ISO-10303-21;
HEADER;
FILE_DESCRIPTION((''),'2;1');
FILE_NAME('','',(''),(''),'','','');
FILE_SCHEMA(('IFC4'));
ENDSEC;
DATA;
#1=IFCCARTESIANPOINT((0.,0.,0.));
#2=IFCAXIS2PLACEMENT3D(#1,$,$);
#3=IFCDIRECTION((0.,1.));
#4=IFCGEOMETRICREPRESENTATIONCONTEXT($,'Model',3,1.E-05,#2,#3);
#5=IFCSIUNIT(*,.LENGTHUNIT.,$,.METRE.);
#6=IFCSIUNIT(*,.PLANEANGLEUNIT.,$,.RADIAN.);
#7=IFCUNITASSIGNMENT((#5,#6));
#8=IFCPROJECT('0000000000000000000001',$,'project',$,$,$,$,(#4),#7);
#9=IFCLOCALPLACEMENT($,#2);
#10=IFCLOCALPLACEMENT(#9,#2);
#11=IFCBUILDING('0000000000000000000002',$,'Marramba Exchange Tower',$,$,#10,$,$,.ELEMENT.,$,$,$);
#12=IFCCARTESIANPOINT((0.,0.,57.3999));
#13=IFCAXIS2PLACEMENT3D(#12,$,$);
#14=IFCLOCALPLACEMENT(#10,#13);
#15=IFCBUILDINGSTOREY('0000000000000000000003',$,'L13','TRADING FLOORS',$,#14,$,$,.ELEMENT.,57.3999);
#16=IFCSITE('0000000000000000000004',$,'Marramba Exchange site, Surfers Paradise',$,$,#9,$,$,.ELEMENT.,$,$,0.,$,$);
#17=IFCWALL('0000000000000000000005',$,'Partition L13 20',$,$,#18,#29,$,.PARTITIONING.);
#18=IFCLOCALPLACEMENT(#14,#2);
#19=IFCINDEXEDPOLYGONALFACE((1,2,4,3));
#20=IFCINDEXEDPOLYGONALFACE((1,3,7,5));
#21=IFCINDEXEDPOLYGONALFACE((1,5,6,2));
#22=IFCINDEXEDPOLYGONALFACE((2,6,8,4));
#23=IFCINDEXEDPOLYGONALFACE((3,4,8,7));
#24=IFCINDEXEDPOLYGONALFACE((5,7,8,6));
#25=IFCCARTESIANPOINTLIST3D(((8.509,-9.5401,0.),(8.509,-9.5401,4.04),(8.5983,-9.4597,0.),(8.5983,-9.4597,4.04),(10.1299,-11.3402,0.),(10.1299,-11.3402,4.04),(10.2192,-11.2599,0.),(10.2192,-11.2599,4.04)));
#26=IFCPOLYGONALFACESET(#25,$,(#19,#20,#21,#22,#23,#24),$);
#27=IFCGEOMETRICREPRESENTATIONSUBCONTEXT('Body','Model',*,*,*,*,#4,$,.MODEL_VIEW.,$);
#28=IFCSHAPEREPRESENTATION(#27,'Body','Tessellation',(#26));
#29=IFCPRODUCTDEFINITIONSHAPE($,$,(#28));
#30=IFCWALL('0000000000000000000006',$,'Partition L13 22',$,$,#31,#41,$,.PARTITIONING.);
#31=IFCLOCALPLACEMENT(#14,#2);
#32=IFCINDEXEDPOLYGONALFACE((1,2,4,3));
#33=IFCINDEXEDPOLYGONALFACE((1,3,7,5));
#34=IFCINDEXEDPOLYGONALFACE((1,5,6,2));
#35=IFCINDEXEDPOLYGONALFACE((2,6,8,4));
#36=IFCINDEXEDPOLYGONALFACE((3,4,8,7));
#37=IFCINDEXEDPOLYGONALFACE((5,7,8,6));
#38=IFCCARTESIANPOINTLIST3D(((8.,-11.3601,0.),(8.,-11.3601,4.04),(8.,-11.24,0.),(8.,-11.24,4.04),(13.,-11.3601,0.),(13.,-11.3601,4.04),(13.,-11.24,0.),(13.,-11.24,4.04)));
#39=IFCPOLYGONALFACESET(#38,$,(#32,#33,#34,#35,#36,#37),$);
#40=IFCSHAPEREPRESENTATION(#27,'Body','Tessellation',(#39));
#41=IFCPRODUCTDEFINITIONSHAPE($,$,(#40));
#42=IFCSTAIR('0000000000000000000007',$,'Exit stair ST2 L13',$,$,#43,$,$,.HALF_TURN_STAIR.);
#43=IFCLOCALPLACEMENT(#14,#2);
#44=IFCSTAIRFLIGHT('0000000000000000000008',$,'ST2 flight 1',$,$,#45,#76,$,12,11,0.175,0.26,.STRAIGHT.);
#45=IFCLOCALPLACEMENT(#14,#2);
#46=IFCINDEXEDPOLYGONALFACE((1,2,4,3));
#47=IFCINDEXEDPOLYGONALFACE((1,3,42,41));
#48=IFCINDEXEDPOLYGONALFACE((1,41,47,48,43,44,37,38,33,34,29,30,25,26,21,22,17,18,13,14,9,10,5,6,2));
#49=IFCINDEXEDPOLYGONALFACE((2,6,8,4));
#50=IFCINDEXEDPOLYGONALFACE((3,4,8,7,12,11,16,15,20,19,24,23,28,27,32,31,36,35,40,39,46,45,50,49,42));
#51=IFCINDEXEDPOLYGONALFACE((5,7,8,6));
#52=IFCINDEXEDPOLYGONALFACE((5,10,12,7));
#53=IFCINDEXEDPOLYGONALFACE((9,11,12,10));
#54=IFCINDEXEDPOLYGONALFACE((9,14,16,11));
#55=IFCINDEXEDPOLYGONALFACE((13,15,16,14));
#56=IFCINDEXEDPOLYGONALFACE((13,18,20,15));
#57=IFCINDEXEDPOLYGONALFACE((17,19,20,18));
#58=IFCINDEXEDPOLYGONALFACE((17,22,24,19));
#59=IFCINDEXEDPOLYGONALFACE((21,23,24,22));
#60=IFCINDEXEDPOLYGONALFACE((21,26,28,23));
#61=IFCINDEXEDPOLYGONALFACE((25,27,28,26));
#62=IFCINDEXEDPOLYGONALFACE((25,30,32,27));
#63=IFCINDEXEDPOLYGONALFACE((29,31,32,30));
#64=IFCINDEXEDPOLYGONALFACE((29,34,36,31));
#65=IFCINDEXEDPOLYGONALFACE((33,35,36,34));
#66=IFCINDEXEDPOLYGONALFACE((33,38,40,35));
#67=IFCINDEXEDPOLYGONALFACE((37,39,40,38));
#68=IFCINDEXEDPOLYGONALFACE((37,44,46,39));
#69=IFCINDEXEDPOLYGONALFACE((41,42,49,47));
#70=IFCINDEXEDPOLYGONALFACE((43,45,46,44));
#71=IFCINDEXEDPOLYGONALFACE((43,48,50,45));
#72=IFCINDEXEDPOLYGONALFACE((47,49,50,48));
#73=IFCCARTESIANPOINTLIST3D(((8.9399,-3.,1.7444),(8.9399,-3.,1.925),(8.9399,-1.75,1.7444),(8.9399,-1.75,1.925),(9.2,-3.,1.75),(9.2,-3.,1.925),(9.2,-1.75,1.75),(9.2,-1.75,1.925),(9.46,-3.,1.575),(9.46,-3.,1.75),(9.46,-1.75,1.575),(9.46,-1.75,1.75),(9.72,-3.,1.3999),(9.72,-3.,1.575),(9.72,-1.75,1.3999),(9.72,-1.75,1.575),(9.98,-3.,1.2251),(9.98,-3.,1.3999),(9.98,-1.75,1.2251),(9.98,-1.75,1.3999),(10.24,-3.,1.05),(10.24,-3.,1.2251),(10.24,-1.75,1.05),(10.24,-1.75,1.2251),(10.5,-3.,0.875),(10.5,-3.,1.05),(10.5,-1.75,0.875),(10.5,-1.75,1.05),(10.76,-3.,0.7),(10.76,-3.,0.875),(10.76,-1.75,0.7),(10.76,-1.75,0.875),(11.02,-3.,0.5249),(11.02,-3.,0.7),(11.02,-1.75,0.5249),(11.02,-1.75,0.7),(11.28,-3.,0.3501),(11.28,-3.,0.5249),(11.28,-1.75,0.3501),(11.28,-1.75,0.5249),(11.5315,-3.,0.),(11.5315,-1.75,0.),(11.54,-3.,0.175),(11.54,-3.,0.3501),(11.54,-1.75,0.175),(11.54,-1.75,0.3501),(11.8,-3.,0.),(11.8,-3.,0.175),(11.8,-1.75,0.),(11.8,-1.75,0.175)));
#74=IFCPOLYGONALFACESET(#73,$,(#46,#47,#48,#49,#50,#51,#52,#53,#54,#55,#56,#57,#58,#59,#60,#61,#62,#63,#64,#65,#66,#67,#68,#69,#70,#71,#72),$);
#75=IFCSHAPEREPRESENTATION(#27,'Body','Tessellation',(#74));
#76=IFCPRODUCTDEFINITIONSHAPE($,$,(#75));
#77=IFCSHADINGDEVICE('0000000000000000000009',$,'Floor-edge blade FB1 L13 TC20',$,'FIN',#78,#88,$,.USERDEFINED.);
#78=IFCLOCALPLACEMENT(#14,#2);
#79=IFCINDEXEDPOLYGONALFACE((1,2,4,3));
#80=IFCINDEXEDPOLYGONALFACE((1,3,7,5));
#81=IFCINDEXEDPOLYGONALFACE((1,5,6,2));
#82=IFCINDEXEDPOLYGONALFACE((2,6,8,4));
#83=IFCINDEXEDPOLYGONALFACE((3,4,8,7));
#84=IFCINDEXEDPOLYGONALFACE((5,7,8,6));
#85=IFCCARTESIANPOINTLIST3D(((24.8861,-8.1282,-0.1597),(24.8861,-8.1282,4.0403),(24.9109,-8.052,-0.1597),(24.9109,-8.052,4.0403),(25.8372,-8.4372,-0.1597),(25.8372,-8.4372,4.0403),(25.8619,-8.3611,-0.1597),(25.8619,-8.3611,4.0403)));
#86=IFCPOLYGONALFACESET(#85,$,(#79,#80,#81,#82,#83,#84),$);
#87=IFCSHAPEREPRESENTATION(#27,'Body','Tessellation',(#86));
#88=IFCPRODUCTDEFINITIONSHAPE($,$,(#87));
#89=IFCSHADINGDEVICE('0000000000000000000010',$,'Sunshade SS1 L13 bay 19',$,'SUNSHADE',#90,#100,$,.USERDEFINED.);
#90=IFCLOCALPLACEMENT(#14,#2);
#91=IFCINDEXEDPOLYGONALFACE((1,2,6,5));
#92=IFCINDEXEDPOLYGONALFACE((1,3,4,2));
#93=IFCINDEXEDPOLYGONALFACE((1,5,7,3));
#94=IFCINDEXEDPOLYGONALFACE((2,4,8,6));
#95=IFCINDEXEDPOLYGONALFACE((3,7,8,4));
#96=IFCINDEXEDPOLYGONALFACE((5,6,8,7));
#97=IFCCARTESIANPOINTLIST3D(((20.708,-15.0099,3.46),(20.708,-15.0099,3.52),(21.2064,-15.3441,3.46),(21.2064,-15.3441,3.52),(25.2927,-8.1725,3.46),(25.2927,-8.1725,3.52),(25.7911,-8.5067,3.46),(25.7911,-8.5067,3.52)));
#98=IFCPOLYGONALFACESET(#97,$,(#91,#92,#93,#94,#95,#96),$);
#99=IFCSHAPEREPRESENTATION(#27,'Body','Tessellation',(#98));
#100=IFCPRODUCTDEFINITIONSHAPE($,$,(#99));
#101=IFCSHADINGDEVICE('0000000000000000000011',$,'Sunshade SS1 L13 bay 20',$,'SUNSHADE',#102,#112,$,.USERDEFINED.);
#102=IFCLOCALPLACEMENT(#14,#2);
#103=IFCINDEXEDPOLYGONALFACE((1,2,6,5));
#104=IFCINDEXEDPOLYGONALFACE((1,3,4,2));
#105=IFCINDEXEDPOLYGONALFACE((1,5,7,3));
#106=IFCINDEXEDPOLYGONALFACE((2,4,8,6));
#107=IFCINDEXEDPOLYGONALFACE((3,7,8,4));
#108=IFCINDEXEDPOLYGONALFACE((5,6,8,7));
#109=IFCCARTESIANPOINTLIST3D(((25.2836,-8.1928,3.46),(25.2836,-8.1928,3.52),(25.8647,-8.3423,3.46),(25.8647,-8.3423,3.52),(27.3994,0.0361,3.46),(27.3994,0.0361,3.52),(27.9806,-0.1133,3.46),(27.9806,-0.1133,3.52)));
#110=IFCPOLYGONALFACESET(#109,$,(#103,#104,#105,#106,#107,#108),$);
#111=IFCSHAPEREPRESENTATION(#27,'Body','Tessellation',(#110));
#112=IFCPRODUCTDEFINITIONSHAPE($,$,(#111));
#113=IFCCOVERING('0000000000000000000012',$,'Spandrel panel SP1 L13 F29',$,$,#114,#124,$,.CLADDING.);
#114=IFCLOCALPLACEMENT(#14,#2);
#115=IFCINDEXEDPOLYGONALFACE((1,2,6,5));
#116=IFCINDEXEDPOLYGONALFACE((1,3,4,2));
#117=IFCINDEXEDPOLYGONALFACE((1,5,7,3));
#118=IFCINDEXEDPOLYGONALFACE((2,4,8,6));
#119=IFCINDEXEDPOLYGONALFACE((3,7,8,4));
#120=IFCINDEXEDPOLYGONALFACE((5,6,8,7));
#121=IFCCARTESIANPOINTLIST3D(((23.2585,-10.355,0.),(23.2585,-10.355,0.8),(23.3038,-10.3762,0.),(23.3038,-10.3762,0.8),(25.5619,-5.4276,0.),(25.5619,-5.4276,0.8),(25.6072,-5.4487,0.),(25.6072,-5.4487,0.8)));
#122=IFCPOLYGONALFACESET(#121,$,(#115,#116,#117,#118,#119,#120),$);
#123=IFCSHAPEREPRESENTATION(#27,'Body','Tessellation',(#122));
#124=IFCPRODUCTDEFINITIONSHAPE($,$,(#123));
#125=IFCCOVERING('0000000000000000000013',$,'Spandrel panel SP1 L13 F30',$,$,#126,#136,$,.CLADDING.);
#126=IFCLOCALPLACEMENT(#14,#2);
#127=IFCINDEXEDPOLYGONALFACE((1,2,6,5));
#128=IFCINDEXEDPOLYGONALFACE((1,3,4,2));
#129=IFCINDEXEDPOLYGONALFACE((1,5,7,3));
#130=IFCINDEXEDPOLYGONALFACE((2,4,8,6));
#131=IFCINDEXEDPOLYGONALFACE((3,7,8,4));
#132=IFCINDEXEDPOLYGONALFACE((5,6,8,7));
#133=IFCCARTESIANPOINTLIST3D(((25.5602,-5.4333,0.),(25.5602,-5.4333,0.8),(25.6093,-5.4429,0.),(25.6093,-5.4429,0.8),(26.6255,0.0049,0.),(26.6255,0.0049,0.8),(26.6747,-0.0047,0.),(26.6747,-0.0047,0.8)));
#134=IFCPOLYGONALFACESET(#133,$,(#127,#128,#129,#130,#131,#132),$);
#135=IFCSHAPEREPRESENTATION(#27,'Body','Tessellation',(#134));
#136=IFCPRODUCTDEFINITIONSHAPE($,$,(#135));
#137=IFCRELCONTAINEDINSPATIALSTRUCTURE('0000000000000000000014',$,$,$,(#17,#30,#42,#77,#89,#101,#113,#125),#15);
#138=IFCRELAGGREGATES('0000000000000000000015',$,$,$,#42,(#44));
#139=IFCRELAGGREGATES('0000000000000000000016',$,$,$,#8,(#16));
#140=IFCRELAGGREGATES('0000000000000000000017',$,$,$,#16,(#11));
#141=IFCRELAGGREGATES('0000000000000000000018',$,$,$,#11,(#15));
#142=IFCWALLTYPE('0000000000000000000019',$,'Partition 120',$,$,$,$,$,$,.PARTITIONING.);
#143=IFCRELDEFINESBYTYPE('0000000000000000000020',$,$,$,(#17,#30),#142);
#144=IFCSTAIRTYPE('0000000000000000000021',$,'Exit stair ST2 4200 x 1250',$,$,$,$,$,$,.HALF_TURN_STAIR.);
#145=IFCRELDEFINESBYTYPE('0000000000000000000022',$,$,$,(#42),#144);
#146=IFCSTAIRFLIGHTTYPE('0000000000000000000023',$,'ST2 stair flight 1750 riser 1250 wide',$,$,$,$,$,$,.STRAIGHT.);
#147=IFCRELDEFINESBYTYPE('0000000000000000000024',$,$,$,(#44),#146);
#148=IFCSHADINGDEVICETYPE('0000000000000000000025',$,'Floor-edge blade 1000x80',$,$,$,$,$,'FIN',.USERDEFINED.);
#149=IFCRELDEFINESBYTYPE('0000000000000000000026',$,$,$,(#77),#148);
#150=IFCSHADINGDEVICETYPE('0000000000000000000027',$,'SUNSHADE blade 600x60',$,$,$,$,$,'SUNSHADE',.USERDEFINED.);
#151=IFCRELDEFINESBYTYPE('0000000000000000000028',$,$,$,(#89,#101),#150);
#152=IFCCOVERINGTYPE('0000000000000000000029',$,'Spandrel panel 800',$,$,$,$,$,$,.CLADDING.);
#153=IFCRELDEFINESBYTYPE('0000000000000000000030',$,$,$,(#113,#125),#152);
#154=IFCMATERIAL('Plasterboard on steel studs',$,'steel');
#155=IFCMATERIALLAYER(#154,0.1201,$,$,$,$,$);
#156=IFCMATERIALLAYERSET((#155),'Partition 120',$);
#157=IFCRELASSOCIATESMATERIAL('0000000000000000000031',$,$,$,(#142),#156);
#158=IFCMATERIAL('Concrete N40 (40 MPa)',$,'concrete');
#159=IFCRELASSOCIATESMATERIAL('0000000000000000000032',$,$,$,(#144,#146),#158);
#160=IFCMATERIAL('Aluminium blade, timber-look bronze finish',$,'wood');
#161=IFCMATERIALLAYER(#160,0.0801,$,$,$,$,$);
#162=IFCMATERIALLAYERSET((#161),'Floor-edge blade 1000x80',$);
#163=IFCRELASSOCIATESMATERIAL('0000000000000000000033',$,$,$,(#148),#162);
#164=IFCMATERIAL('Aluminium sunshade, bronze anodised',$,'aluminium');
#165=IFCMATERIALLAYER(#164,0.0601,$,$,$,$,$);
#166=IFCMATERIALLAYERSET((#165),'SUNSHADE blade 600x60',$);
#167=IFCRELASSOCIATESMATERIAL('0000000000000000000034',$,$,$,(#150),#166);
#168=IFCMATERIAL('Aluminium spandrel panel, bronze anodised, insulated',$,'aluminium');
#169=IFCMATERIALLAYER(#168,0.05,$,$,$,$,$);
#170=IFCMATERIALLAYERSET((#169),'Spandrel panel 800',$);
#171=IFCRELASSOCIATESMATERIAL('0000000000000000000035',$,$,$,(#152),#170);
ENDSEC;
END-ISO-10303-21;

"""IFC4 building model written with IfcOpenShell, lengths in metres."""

from ifc_helpers import new_model, si_unit, direction, frame, frame_2d, origin, origin_2d, place, context, subcontext, project, spatial, polyline, rectangle, outline, extrude, material, layer, layer_set, type_object, element, aggregate, save


model = new_model("IFC4")

# Units and contexts
model_context = context("Model", 3, precision=1e-05, world=origin(), true_north=direction((0.0, 1.0)))
body_context = subcontext(model_context, "Body", "Model", "MODEL_VIEW")
ifc_project = project(units=[si_unit("LENGTHUNIT", "METRE"), si_unit("PLANEANGLEUNIT", "RADIAN")], contexts=[model_context])

# Site, building, storey
site_placement = place(None, origin())
site = spatial("IfcSite", under=ifc_project, at=site_placement, Name="Marramba Exchange site, Surfers Paradise", CompositionType="ELEMENT", RefElevation=0.0)
building_placement = place(site_placement, origin())
building = spatial("IfcBuilding", under=site, at=building_placement, Name="Marramba Exchange Tower", CompositionType="ELEMENT")
storey_placement = place(building_placement, frame((0.0, 0.0, 57.3999)))
storey = spatial("IfcBuildingStorey", under=building, at=storey_placement, Name="L13", Description="TRADING FLOORS", CompositionType="ELEMENT", Elevation=57.3999)

# Walls
ifc_material_1 = material(Name="Plasterboard on steel studs", Category="steel")
ifc_layer_1 = layer(ifc_material_1, 0.1201)
ifc_layer_set_1 = layer_set([ifc_layer_1], Name="Partition 120")
wall_type_1 = type_object("IfcWallType", Name="Partition 120", PredefinedType="PARTITIONING", material=ifc_layer_set_1)
wall_1_placement = place(storey_placement, frame((10.1746, -11.3, 0.0), z_axis=(0.0, 0.0, 1.0), x_axis=(-0.669148, 0.743129, 0.0)))
element("IfcWall", 1, at=wall_1_placement, inside=storey, type_object=wall_type_1, Name="Partition L13 20", PredefinedType="PARTITIONING", context=body_context, shape_type="SweptSolid", body=[
    extrude(rectangle(XDim=2.4224, YDim=0.1201, at=frame_2d((1.2112, 0.0))), origin(), (0.0, 0.0, 1.0), 4.04),
])
wall_2_placement = place(storey_placement, frame((13.0, -11.3, 0.0), z_axis=(0.0, 0.0, 1.0), x_axis=(-1.0, 0.0, 0.0)))
element("IfcWall", 2, at=wall_2_placement, inside=storey, type_object=wall_type_1, Name="Partition L13 22", PredefinedType="PARTITIONING", context=body_context, shape_type="SweptSolid", body=[
    extrude(rectangle(XDim=5.0, YDim=0.1201, at=frame_2d((2.5, 0.0))), origin(), (0.0, 0.0, 1.0), 4.04),
])

# Stair, stair flight
ifc_material_2 = material(Name="Concrete N40 (40 MPa)", Category="concrete")
stair_type = type_object("IfcStairType", Name="Exit stair ST2 4200 x 1250", PredefinedType="HALF_TURN_STAIR", material=ifc_material_2)
stair_placement = place(storey_placement, origin())
stair = element("IfcStair", 3, at=stair_placement, inside=storey, type_object=stair_type, Name="Exit stair ST2 L13", PredefinedType="HALF_TURN_STAIR")
stair_flight_type = type_object("IfcStairFlightType", Name="ST2 stair flight 1750 riser 1250 wide", PredefinedType="STRAIGHT", material=ifc_material_2)
stair_flight_placement = place(storey_placement, frame((11.8, -2.375, 0.0), z_axis=(0.0, 0.0, 1.0), x_axis=(-1.0, 0.0, 0.0)))
stair_flight = element("IfcStairFlight", 4, at=stair_flight_placement, type_object=stair_flight_type, Name="ST2 flight 1", NumberOfRisers=12, NumberOfTreads=11, PredefinedType="STRAIGHT", RiserHeight=0.175, TreadLength=0.26, context=body_context, shape_type="SweptSolid", body=[
    extrude(outline(polyline([(0.0, 0.0), (0.0, 0.175), (0.26, 0.175), (0.26, 0.3501), (0.52, 0.3501), (0.52, 0.5249), (0.78, 0.5249), (0.78, 0.7), (1.04, 0.7), (1.04, 0.875), (1.3, 0.875), (1.3, 1.05), (1.5601, 1.05), (1.5601, 1.2251), (1.8201, 1.2251), (1.8201, 1.3999), (2.0801, 1.3999), (2.0801, 1.575), (2.3401, 1.575), (2.3401, 1.75), (2.6001, 1.75), (2.6001, 1.925), (2.8601, 1.925), (2.8601, 2.1001), (2.8601, 1.7444), (0.2686, 0.0), (0.0, 0.0)])), frame((0.0, 0.625, 0.0), z_axis=(0.0, -1.0, 0.0), x_axis=(1.0, 0.0, 0.0)), (0.0, 0.0, 1.0), 1.25),
])
aggregate(stair, [stair_flight])

# Shading devices
ifc_material_3 = material(Name="Aluminium blade, timber-look bronze finish", Category="wood")
ifc_layer_2 = layer(ifc_material_3, 0.0801)
ifc_layer_set_2 = layer_set([ifc_layer_2], Name="Floor-edge blade 1000x80")
shading_device_type_1 = type_object("IfcShadingDeviceType", Name="Floor-edge blade 1000x80", ElementType="FIN", PredefinedType="USERDEFINED", material=ifc_layer_set_2)
shading_device_1_placement = place(storey_placement, frame((25.374, -8.2446, -0.1597), z_axis=(0.0, 0.0, 1.0), x_axis=(0.951057, -0.309017, 0.0)))
element("IfcShadingDevice", 5, at=shading_device_1_placement, inside=storey, type_object=shading_device_type_1, Name="Floor-edge blade FB1 L13 TC20", ObjectType="FIN", PredefinedType="USERDEFINED", context=body_context, shape_type="SweptSolid", body=[
    extrude(rectangle(XDim=1.0, YDim=0.0801, at=origin_2d()), origin(), (0.0, 0.0, 1.0), 4.2),
])
ifc_material_4 = material(Name="Aluminium sunshade, bronze anodised", Category="aluminium")
ifc_layer_3 = layer(ifc_material_4, 0.0601)
ifc_layer_set_3 = layer_set([ifc_layer_3], Name="SUNSHADE blade 600x60")
shading_device_type_2 = type_object("IfcShadingDeviceType", Name="SUNSHADE blade 600x60", ElementType="SUNSHADE", PredefinedType="USERDEFINED", material=ifc_layer_set_3)
shading_device_2_placement = place(storey_placement, frame((23.2495, -11.7583, 3.46), z_axis=(0.0, 0.0, 1.0), x_axis=(0.556924, 0.830563, 0.0)))
element("IfcShadingDevice", 6, at=shading_device_2_placement, inside=storey, type_object=shading_device_type_2, Name="Sunshade SS1 L13 bay 19", ObjectType="SUNSHADE", PredefinedType="USERDEFINED", context=body_context, shape_type="SweptSolid", body=[
    extrude(rectangle(XDim=8.2322, YDim=0.6001, at=origin_2d()), origin(), (0.0, 0.0, 1.0), 0.0601),
])
shading_device_3_placement = place(storey_placement, frame((26.6321, -4.1531, 3.46), z_axis=(0.0, 0.0, 1.0), x_axis=(0.249025, 0.968497, 0.0)))
element("IfcShadingDevice", 7, at=shading_device_3_placement, inside=storey, type_object=shading_device_type_2, Name="Sunshade SS1 L13 bay 20", ObjectType="SUNSHADE", PredefinedType="USERDEFINED", context=body_context, shape_type="SweptSolid", body=[
    extrude(rectangle(XDim=8.4966, YDim=0.6001, at=origin_2d()), origin(), (0.0, 0.0, 1.0), 0.0601),
])

# Coverings
ifc_material_5 = material(Name="Aluminium spandrel panel, bronze anodised, insulated", Category="aluminium")
ifc_layer_4 = layer(ifc_material_5, 0.05)
ifc_layer_set_4 = layer_set([ifc_layer_4], Name="Spandrel panel 800")
covering_type = type_object("IfcCoveringType", Name="Spandrel panel 800", PredefinedType="CLADDING", material=ifc_layer_set_4)
covering_1_placement = place(storey_placement, frame((24.4329, -7.9019, 0.0), z_axis=(0.0, 0.0, 1.0), x_axis=(0.423477, 0.905907, 0.0)))
element("IfcCovering", 8, at=covering_1_placement, inside=storey, type_object=covering_type, Name="Spandrel panel SP1 L13 F29", PredefinedType="CLADDING", context=body_context, shape_type="SweptSolid", body=[
    extrude(rectangle(XDim=5.4392, YDim=0.05, at=origin_2d()), origin(), (0.0, 0.0, 1.0), 0.8),
])
covering_2_placement = place(storey_placement, frame((26.1174, -2.719, 0.0), z_axis=(0.0, 0.0, 1.0), x_axis=(0.192249, 0.981346, 0.0)))
element("IfcCovering", 9, at=covering_2_placement, inside=storey, type_object=covering_type, Name="Spandrel panel SP1 L13 F30", PredefinedType="CLADDING", context=body_context, shape_type="SweptSolid", body=[
    extrude(rectangle(XDim=5.5415, YDim=0.05, at=origin_2d()), origin(), (0.0, 0.0, 1.0), 0.8),
])

save(model, "model.ifc")
